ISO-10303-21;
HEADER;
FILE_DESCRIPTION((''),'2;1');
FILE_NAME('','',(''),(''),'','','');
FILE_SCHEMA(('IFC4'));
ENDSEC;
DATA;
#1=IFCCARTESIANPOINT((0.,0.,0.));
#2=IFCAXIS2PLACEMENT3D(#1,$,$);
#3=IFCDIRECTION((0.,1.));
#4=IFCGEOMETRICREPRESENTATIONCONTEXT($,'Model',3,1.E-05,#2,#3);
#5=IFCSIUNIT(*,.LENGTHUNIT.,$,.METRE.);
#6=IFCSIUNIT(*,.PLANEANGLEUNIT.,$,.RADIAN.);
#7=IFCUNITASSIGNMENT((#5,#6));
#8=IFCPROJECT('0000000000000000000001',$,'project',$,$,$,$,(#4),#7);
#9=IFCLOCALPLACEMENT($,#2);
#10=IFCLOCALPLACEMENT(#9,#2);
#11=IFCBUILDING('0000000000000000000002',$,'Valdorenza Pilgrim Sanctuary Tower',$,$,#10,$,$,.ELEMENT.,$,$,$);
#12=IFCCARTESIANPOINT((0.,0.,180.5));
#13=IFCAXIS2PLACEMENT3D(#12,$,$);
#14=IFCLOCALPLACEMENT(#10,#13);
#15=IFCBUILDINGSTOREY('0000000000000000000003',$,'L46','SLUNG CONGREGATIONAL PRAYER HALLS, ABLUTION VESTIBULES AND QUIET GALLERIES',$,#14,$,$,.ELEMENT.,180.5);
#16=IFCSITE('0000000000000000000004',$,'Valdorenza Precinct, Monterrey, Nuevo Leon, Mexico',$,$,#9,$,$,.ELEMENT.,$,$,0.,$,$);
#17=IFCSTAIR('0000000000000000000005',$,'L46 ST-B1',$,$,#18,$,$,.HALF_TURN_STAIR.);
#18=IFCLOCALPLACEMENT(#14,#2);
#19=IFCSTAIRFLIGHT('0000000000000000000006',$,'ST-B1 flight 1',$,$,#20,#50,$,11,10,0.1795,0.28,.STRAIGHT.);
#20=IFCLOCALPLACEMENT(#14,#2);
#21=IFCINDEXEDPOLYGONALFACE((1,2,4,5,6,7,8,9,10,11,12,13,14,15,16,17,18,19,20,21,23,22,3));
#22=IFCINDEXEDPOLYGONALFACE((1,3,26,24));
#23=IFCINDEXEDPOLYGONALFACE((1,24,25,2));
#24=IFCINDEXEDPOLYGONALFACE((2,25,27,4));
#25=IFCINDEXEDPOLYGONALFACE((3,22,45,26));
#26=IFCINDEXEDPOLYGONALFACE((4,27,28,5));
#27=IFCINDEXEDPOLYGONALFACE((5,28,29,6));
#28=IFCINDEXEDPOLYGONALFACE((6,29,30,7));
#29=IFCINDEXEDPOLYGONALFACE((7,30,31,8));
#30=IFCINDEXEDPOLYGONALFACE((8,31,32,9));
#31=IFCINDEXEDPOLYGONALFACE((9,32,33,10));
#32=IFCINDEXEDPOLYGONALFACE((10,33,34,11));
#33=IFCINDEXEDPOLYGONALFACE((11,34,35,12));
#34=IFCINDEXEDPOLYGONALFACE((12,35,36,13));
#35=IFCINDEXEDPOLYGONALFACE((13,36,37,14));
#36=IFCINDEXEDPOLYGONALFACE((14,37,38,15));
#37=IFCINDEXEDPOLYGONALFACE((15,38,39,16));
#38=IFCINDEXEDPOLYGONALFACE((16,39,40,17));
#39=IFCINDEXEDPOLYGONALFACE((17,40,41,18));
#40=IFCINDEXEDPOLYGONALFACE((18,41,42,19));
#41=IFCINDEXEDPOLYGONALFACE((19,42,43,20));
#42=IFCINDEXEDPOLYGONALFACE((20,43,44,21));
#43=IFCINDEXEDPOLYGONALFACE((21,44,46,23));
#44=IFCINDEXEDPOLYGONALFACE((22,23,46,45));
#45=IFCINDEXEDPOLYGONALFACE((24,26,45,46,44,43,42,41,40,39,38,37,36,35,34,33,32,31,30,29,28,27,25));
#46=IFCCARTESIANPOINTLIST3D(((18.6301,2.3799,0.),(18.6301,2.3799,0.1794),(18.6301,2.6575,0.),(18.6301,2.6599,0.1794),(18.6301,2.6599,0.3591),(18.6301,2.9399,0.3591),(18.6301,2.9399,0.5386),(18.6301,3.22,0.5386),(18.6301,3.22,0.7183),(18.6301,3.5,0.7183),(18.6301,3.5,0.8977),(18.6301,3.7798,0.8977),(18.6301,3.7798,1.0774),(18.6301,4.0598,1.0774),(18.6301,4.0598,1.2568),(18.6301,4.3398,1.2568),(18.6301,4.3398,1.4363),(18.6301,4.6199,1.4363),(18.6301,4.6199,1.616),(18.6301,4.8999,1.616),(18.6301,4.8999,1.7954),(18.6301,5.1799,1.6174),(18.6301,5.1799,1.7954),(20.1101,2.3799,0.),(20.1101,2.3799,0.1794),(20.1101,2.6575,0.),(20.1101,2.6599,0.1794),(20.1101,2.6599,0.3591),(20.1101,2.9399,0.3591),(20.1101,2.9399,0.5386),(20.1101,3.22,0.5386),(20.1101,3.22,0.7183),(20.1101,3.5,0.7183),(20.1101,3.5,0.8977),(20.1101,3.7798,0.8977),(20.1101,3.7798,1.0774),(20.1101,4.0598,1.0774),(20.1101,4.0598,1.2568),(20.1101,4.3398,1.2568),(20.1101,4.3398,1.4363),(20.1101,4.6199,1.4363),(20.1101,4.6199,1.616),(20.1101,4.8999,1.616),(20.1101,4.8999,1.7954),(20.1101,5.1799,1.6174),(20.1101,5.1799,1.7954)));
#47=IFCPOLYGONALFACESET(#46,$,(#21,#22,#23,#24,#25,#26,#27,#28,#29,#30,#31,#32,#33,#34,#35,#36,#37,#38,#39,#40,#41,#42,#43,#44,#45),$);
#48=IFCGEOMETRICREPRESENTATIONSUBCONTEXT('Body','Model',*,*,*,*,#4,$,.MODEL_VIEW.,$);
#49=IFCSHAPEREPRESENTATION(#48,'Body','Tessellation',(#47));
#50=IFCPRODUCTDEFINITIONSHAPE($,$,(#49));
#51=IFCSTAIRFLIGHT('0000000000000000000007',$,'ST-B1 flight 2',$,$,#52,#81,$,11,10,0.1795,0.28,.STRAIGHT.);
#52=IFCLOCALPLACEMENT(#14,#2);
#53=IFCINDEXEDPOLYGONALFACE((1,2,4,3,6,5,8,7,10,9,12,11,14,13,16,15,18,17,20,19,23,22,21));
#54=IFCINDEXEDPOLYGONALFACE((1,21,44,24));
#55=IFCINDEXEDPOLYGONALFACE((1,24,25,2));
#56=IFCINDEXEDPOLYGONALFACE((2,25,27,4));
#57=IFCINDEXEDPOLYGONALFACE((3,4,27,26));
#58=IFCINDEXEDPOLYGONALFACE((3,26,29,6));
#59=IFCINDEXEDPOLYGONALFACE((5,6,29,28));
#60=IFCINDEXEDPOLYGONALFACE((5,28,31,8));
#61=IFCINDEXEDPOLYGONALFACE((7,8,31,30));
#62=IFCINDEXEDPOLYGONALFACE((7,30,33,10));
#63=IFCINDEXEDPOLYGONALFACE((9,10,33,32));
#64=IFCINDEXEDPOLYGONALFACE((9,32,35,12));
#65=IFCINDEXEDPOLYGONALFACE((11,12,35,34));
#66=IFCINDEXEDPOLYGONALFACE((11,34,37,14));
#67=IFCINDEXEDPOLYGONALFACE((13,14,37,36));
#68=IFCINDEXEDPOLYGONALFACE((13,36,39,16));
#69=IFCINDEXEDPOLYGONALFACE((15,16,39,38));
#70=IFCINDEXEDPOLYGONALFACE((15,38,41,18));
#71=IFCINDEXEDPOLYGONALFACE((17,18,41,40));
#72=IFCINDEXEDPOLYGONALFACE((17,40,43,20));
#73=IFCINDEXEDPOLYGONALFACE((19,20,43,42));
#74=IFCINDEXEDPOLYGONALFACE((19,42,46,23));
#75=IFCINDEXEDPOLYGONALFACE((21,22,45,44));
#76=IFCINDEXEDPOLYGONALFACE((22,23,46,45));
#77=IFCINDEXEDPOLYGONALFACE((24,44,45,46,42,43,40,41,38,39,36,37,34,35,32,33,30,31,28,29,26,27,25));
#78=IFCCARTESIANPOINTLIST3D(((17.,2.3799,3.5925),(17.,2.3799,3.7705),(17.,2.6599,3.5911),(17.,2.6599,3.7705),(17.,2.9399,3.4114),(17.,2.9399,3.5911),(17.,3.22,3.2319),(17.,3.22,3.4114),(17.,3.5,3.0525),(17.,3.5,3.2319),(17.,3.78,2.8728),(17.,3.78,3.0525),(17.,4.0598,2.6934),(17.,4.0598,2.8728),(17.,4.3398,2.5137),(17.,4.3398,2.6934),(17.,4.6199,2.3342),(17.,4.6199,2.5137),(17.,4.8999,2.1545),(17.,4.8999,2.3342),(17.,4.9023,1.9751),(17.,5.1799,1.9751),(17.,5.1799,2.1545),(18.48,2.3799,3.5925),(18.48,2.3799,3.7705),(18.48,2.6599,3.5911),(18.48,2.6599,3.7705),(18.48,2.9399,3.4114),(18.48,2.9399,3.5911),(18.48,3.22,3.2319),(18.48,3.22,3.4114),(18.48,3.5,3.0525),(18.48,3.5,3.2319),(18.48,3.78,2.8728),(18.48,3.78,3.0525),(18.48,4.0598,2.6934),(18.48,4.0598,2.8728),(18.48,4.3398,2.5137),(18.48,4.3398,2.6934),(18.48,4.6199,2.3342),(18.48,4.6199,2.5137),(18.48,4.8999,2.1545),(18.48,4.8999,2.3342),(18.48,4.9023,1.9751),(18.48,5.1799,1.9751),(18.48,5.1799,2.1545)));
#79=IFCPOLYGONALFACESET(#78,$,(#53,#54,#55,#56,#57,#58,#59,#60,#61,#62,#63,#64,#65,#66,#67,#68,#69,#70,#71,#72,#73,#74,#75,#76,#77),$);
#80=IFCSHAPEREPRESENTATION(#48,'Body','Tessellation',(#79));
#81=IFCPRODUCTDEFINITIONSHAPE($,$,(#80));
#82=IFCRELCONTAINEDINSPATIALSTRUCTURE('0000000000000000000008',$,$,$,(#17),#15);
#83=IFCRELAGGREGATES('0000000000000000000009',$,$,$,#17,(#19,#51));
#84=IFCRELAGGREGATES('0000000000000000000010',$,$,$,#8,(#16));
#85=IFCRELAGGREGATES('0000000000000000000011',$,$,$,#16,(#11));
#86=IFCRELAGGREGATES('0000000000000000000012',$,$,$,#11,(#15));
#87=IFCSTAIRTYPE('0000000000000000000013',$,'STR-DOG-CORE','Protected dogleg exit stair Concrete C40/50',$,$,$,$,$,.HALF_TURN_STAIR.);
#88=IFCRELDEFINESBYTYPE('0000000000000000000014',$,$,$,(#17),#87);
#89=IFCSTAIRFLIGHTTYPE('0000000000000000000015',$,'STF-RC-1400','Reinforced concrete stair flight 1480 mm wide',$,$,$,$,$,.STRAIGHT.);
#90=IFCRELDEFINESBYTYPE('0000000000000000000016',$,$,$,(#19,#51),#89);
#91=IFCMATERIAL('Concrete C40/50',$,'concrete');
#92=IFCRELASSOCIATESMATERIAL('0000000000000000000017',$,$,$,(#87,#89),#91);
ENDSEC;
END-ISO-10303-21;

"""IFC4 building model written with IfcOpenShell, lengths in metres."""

from ifc_helpers import new_model, si_unit, direction, frame, origin, place, context, subcontext, project, spatial, polyline, outline, extrude, material, type_object, element, aggregate, save


model = new_model("IFC4")

# Units and contexts
model_context = context("Model", 3, precision=1e-05, world=origin(), true_north=direction((0.0, 1.0)))
body_context = subcontext(model_context, "Body", "Model", "MODEL_VIEW")
ifc_project = project(units=[si_unit("LENGTHUNIT", "METRE"), si_unit("PLANEANGLEUNIT", "RADIAN")], contexts=[model_context])

# Site, building, storey
site_placement = place(None, origin())
site = spatial("IfcSite", under=ifc_project, at=site_placement, Name="Valdorenza Precinct, Monterrey, Nuevo Leon, Mexico", CompositionType="ELEMENT", RefElevation=0.0)
building_placement = place(site_placement, origin())
building = spatial("IfcBuilding", under=site, at=building_placement, Name="Valdorenza Pilgrim Sanctuary Tower", CompositionType="ELEMENT")
storey_placement = place(building_placement, frame((0.0, 0.0, 180.5)))
storey = spatial("IfcBuildingStorey", under=building, at=storey_placement, Name="L46", Description="SLUNG CONGREGATIONAL PRAYER HALLS, ABLUTION VESTIBULES AND QUIET GALLERIES", CompositionType="ELEMENT", Elevation=180.5)

# Shared definitions
ifc_material_1 = material(Name="Concrete C40/50", Category="concrete")

# Stair, stair flights
stair_type = type_object("IfcStairType", Name="STR-DOG-CORE", Description="Protected dogleg exit stair Concrete C40/50", PredefinedType="HALF_TURN_STAIR", material=ifc_material_1)
stair_placement = place(storey_placement, origin())
stair = element("IfcStair", 1, at=stair_placement, inside=storey, type_object=stair_type, Name="L46 ST-B1", PredefinedType="HALF_TURN_STAIR")
stair_flight_type = type_object("IfcStairFlightType", Name="STF-RC-1400", Description="Reinforced concrete stair flight 1480 mm wide", PredefinedType="STRAIGHT", material=ifc_material_1)
stair_flight_1_placement = place(storey_placement, frame((19.3701, 2.3799, 0.0), z_axis=(0.0, 0.0, 1.0), x_axis=(0.0, 1.0, 0.0)))
stair_flight_1 = element("IfcStairFlight", 2, at=stair_flight_1_placement, type_object=stair_flight_type, Name="ST-B1 flight 1", NumberOfRisers=11, NumberOfTreads=10, PredefinedType="STRAIGHT", RiserHeight=0.1795, TreadLength=0.28, context=body_context, shape_type="SweptSolid", body=[
    extrude(outline(polyline([(0.0, 0.0), (0.0, 0.1794), (0.28, 0.1794), (0.28, 0.3591), (0.5601, 0.3591), (0.5601, 0.5386), (0.8401, 0.5386), (0.8401, 0.7183), (1.1201, 0.7183), (1.1201, 0.8977), (1.3999, 0.8977), (1.3999, 1.0774), (1.6799, 1.0774), (1.6799, 1.2568), (1.96, 1.2568), (1.96, 1.4363), (2.24, 1.4363), (2.24, 1.616), (2.52, 1.616), (2.52, 1.7954), (2.8, 1.7954), (2.8, 1.9751), (2.8, 1.6174), (0.2776, 0.0), (0.0, 0.0)])), frame((0.0, 0.74, 0.0), z_axis=(0.0, -1.0, 0.0), x_axis=(1.0, 0.0, 0.0)), (0.0, 0.0, 1.0), 1.48),
])
stair_flight_2_placement = place(storey_placement, frame((17.74, 5.1799, 1.9751), z_axis=(0.0, 0.0, 1.0), x_axis=(0.0, -1.0, 0.0)))
stair_flight_2 = element("IfcStairFlight", 3, at=stair_flight_2_placement, type_object=stair_flight_type, Name="ST-B1 flight 2", NumberOfRisers=11, NumberOfTreads=10, PredefinedType="STRAIGHT", RiserHeight=0.1795, TreadLength=0.28, context=body_context, shape_type="SweptSolid", body=[
    extrude(outline(polyline([(0.0, 0.0), (0.0, 0.1794), (0.28, 0.1794), (0.28, 0.3591), (0.5601, 0.3591), (0.5601, 0.5386), (0.8401, 0.5386), (0.8401, 0.7183), (1.1201, 0.7183), (1.1201, 0.8977), (1.3999, 0.8977), (1.3999, 1.0774), (1.6799, 1.0774), (1.6799, 1.2568), (1.96, 1.2568), (1.96, 1.4363), (2.24, 1.4363), (2.24, 1.616), (2.52, 1.616), (2.52, 1.7954), (2.8, 1.7954), (2.8, 1.9751), (2.8, 1.6174), (0.2776, 0.0), (0.0, 0.0)])), frame((0.0, 0.74, 0.0), z_axis=(0.0, -1.0, 0.0), x_axis=(1.0, 0.0, 0.0)), (0.0, 0.0, 1.0), 1.48),
])
aggregate(stair, [stair_flight_1, stair_flight_2])

save(model, "model.ifc")
